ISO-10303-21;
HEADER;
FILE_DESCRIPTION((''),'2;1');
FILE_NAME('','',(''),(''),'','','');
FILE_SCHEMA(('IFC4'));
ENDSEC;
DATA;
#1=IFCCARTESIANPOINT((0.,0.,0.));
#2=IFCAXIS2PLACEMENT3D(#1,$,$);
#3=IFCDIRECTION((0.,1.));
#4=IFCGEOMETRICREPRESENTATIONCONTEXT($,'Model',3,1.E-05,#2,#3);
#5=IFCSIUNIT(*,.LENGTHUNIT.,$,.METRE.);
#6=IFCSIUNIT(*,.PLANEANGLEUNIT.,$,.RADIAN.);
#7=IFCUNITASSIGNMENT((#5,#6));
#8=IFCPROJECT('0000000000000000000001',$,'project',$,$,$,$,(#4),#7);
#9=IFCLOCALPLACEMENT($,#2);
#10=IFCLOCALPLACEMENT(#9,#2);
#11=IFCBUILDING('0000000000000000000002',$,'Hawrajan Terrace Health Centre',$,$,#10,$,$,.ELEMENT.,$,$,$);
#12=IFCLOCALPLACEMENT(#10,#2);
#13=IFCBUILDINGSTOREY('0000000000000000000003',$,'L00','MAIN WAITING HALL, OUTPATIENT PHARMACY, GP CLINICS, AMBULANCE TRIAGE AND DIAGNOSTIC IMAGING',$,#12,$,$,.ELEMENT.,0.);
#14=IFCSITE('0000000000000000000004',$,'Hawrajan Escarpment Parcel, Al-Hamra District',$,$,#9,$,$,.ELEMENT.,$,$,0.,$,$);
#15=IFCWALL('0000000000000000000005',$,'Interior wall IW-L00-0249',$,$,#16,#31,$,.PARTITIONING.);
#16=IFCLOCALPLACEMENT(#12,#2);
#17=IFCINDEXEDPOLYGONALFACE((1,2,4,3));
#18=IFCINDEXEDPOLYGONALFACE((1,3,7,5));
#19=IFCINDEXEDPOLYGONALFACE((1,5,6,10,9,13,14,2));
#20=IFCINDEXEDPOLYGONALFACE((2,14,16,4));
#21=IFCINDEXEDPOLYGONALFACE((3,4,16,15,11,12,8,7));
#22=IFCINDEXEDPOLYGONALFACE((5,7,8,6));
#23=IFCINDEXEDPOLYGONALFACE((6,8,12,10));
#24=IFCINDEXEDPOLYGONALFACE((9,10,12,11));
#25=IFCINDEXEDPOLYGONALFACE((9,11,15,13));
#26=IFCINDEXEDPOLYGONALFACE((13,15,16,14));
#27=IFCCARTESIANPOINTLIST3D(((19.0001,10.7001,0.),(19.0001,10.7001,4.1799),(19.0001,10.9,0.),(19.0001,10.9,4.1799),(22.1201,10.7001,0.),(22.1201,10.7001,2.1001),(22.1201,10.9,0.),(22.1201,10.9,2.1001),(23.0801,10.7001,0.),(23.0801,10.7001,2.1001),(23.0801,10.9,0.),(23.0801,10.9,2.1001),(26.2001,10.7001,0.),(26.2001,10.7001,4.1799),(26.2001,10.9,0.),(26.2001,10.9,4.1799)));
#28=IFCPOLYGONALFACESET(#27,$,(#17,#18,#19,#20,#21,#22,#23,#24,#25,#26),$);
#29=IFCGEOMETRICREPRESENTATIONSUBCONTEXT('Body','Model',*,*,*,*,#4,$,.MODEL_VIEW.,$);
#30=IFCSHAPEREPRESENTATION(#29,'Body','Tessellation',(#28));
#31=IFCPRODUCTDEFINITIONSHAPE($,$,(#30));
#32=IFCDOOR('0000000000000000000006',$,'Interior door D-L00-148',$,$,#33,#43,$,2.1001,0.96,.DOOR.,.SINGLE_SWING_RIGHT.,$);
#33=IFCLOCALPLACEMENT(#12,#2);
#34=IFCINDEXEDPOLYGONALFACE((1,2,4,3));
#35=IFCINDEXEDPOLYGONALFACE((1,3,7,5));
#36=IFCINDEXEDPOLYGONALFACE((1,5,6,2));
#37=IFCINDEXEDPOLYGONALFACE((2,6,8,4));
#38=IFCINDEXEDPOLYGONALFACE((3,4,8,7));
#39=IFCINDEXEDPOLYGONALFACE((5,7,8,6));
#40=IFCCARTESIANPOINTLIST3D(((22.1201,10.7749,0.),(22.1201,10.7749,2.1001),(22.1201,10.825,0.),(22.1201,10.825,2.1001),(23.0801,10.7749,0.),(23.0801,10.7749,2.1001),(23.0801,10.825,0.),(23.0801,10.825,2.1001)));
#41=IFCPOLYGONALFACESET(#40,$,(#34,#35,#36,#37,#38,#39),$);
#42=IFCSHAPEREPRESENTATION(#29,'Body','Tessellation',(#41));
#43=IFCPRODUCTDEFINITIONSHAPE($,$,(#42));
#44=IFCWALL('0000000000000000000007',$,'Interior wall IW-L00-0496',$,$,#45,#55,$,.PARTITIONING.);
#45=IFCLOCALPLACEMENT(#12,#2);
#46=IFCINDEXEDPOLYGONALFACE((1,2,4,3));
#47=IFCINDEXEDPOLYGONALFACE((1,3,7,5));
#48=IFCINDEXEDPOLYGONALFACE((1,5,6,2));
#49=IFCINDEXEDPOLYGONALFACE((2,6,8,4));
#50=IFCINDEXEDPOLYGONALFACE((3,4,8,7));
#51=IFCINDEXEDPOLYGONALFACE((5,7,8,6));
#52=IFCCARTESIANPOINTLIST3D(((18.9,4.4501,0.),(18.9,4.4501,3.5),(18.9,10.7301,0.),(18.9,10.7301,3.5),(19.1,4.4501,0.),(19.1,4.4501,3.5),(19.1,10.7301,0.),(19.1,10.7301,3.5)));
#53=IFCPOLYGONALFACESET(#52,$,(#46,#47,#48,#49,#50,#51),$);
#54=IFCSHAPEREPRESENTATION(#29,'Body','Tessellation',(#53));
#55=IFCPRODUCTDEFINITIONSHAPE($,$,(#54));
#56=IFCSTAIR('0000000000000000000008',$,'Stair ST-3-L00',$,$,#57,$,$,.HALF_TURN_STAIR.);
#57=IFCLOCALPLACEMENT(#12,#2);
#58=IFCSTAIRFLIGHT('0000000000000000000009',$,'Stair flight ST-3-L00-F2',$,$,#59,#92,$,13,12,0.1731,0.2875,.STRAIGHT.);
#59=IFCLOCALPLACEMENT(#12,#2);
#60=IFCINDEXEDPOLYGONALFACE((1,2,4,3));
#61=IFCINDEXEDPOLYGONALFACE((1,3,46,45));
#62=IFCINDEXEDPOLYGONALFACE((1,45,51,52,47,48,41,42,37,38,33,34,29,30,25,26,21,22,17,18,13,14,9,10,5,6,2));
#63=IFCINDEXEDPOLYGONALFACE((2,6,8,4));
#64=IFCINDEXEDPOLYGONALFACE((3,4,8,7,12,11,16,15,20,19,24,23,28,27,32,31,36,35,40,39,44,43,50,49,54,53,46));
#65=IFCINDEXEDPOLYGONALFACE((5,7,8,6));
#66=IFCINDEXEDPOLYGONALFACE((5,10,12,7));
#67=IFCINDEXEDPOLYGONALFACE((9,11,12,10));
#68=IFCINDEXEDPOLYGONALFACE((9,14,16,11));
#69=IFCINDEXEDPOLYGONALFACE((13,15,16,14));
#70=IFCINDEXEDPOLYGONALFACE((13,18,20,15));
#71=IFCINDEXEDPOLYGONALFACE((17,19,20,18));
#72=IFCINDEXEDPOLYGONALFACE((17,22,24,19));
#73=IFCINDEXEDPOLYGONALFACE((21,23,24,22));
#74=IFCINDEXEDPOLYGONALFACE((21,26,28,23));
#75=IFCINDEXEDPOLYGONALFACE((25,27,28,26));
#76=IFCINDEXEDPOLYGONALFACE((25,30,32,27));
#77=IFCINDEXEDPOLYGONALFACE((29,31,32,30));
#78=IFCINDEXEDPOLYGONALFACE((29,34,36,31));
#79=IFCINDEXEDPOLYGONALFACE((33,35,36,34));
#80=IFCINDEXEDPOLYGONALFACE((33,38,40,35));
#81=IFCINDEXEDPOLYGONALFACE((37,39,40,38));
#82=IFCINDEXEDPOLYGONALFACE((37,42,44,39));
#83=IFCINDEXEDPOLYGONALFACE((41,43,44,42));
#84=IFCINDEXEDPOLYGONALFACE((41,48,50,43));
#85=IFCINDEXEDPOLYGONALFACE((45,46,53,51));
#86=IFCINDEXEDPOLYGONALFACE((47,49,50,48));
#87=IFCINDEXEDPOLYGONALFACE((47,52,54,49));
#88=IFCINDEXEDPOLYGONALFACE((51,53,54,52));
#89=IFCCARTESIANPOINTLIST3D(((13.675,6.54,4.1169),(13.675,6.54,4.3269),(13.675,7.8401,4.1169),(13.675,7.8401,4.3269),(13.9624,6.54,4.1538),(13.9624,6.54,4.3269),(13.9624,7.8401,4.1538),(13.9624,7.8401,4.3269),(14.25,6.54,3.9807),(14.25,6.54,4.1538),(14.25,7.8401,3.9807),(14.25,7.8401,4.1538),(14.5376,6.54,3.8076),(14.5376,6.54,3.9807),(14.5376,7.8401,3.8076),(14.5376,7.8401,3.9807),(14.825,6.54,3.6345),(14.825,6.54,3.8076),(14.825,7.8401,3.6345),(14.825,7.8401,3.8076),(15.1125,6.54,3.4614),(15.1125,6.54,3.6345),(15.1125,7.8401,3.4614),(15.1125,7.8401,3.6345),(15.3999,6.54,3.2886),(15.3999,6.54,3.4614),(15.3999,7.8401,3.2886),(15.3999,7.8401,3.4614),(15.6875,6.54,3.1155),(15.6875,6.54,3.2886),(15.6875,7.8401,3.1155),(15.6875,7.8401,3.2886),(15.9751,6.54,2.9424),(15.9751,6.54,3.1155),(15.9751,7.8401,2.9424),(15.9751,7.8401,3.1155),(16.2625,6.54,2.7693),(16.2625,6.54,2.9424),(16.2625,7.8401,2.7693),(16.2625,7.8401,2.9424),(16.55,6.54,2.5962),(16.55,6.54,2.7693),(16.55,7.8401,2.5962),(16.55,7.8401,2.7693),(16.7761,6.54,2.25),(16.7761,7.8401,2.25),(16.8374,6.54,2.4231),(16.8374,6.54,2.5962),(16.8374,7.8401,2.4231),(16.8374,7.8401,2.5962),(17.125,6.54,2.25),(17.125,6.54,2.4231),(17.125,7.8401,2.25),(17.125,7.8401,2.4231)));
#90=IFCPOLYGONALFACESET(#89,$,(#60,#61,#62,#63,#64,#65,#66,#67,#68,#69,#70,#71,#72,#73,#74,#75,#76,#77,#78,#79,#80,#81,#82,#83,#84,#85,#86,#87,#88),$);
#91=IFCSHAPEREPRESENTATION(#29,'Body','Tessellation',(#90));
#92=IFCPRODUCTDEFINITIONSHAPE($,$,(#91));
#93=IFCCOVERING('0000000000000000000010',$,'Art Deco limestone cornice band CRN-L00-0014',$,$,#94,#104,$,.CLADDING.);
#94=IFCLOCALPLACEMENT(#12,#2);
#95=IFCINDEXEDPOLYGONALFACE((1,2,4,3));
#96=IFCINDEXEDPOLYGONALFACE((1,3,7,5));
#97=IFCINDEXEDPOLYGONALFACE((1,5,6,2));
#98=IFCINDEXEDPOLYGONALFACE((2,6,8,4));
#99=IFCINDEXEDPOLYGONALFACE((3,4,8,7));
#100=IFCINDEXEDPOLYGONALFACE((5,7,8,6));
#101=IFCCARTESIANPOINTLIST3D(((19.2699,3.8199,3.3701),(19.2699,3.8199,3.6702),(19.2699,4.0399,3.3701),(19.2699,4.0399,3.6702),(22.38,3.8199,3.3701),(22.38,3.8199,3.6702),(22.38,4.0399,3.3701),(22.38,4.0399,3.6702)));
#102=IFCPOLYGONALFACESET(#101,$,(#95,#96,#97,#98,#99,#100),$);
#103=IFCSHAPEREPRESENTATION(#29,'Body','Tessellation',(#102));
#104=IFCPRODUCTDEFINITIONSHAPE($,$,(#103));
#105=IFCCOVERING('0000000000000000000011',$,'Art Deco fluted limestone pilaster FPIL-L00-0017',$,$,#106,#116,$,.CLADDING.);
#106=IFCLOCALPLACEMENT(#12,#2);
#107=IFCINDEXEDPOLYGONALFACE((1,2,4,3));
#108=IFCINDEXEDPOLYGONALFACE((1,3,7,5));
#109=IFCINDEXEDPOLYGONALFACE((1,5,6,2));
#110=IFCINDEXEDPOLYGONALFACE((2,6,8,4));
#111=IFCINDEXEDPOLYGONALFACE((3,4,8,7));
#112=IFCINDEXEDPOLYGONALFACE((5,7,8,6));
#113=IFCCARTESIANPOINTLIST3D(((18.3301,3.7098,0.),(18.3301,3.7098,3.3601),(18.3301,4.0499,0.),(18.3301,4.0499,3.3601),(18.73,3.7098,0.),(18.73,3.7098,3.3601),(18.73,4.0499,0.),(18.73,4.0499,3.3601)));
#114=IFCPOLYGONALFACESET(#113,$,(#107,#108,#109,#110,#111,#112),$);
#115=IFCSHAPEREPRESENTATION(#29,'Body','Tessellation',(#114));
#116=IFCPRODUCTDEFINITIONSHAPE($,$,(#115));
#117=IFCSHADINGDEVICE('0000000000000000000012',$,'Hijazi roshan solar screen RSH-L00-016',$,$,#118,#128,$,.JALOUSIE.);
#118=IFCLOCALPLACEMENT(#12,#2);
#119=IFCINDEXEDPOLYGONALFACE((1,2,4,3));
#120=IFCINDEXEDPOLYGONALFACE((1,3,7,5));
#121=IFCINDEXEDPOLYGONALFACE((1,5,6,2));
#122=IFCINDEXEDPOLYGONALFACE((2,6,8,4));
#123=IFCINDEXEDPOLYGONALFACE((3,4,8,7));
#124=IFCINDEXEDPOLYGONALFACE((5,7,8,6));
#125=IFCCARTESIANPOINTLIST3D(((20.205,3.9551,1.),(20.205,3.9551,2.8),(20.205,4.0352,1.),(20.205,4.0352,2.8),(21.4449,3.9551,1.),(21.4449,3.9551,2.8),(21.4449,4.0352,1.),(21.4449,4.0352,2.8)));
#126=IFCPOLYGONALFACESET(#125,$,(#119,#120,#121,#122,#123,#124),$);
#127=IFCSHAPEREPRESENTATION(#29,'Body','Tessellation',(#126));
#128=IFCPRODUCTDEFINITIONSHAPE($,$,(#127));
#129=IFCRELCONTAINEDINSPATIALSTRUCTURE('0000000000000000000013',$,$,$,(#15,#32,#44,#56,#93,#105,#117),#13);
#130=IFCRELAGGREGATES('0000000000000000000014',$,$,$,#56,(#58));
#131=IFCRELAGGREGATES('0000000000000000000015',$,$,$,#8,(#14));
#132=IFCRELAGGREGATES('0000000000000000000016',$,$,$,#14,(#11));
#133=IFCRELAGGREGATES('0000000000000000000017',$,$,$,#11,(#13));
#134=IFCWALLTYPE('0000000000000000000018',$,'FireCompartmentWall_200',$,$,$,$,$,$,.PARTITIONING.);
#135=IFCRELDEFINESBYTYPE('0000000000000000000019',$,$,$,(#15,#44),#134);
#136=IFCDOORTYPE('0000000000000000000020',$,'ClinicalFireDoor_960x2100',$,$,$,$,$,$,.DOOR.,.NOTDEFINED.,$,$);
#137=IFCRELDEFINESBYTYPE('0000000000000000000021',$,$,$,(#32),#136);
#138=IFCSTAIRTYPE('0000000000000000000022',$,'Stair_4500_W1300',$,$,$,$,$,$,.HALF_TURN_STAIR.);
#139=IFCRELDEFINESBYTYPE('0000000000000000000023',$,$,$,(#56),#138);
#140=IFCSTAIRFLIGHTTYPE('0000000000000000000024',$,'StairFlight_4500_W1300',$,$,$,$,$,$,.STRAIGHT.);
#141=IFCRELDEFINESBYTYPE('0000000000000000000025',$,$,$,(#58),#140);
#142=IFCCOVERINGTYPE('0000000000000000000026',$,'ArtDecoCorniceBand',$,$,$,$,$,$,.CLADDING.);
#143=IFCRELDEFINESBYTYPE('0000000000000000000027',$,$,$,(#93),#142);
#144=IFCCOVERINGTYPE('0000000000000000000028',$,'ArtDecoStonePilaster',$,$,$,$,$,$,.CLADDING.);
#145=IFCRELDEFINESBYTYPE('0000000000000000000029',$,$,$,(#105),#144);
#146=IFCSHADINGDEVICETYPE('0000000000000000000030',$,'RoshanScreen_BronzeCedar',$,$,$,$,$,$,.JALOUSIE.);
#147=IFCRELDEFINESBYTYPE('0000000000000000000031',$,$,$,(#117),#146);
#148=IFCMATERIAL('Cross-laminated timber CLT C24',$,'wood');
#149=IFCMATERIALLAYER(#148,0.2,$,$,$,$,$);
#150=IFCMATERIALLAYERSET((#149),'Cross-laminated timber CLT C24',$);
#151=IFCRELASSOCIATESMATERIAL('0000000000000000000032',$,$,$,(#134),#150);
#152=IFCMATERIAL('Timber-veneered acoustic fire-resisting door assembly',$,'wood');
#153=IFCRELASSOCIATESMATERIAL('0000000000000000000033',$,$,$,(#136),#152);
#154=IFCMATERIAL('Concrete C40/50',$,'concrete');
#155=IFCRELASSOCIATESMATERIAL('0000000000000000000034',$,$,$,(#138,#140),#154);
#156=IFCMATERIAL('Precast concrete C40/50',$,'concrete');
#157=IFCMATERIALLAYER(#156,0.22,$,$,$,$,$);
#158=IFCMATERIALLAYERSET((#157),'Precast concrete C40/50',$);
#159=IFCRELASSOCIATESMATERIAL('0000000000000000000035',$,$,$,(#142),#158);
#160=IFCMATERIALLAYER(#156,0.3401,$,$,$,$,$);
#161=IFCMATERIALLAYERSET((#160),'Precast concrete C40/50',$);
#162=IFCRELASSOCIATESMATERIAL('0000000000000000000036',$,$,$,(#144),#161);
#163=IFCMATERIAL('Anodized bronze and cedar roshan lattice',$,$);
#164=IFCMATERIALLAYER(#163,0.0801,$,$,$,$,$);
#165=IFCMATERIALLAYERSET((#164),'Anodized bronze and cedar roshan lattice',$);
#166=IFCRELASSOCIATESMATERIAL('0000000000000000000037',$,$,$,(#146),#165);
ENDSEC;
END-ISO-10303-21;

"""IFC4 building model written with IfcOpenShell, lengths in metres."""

from ifc_helpers import new_model, si_unit, direction, frame, frame_2d, origin, origin_2d, place, context, subcontext, project, spatial, polyline, rectangle, outline, extrude, material, layer, layer_set, type_object, element, fill, aggregate, save


model = new_model("IFC4")

# Units and contexts
model_context = context("Model", 3, precision=1e-05, world=origin(), true_north=direction((0.0, 1.0)))
body_context = subcontext(model_context, "Body", "Model", "MODEL_VIEW")
ifc_project = project(units=[si_unit("LENGTHUNIT", "METRE"), si_unit("PLANEANGLEUNIT", "RADIAN")], contexts=[model_context])

# Site, building, storey
site_placement = place(None, origin())
site = spatial("IfcSite", under=ifc_project, at=site_placement, Name="Hawrajan Escarpment Parcel, Al-Hamra District", CompositionType="ELEMENT", RefElevation=0.0)
building_placement = place(site_placement, origin())
building = spatial("IfcBuilding", under=site, at=building_placement, Name="Hawrajan Terrace Health Centre", CompositionType="ELEMENT")
storey_placement = place(building_placement, origin())
storey = spatial("IfcBuildingStorey", under=building, at=storey_placement, Name="L00", Description="MAIN WAITING HALL, OUTPATIENT PHARMACY, GP CLINICS, AMBULANCE TRIAGE AND DIAGNOSTIC IMAGING", CompositionType="ELEMENT", Elevation=0.0)

# Shared definitions
ifc_material_1 = material(Name="Concrete C40/50", Category="concrete")

# Shared definitions
ifc_material_2 = material(Name="Precast concrete C40/50", Category="concrete")

# Wall, opening, door
ifc_material_3 = material(Name="Cross-laminated timber CLT C24", Category="wood")
ifc_layer_1 = layer(ifc_material_3, 0.2)
ifc_layer_set_1 = layer_set([ifc_layer_1], Name="Cross-laminated timber CLT C24")
wall_type_1 = type_object("IfcWallType", Name="FireCompartmentWall_200", PredefinedType="PARTITIONING", material=ifc_layer_set_1)
wall_1_placement = place(storey_placement, frame((19.0, 10.8, 0.0), z_axis=(0.0, 0.0, 1.0), x_axis=(1.0, 0.0, 0.0)))
wall_1 = element("IfcWall", 1, at=wall_1_placement, inside=storey, type_object=wall_type_1, Name="Interior wall IW-L00-0249", PredefinedType="PARTITIONING", context=body_context, shape_type="SweptSolid", body=[
    extrude(rectangle(XDim=7.2, YDim=0.2, at=frame_2d((3.6001, 0.0))), origin(), (0.0, 0.0, 1.0), 4.1799),
])
opening_1_placement = place(wall_1_placement, frame((3.1201, 0.0, 0.0)))
opening_1 = element("IfcOpeningElement", 2, at=opening_1_placement, cuts=wall_1, PredefinedType="OPENING", context=body_context, shape_type="SweptSolid", body=[
    extrude(rectangle(XDim=0.96, YDim=2.1001, at=frame_2d((0.48, 1.05))), frame((0.0, 0.1099, 0.0), z_axis=(0.0, -1.0, 0.0), x_axis=(1.0, 0.0, 0.0)), (0.0, 0.0, 1.0), 0.22),
])
ifc_material_4 = material(Name="Timber-veneered acoustic fire-resisting door assembly", Category="wood")
door_type_1 = type_object("IfcDoorType", Name="ClinicalFireDoor_960x2100", OperationType="NOTDEFINED", PredefinedType="DOOR", material=ifc_material_4)
door_1_placement = place(opening_1_placement, origin())
door_1 = element("IfcDoor", 3, at=door_1_placement, inside=storey, type_object=door_type_1, Name="Interior door D-L00-148", OperationType="SINGLE_SWING_RIGHT", OverallHeight=2.1001, OverallWidth=0.96, PredefinedType="DOOR", context=body_context, shape_type="SweptSolid", body=[
    extrude(rectangle(XDim=0.96, YDim=2.1001, at=frame_2d((0.48, 1.05))), frame((0.0, 0.0249, 0.0), z_axis=(0.0, -1.0, 0.0), x_axis=(1.0, 0.0, 0.0)), (0.0, 0.0, 1.0), 0.05),
])
fill(opening_1, door_1)

# Wall
wall_2_placement = place(storey_placement, frame((19.0, 4.45, 0.0), z_axis=(0.0, 0.0, 1.0), x_axis=(0.0, 1.0, 0.0)))
element("IfcWall", 4, at=wall_2_placement, inside=storey, type_object=wall_type_1, Name="Interior wall IW-L00-0496", PredefinedType="PARTITIONING", context=body_context, shape_type="SweptSolid", body=[
    extrude(rectangle(XDim=6.28, YDim=0.2, at=frame_2d((3.1401, 0.0))), origin(), (0.0, 0.0, 1.0), 3.5),
])

# Stair, stair flight
stair_type = type_object("IfcStairType", Name="Stair_4500_W1300", PredefinedType="HALF_TURN_STAIR", material=ifc_material_1)
stair_placement = place(storey_placement, origin())
stair = element("IfcStair", 5, at=stair_placement, inside=storey, type_object=stair_type, Name="Stair ST-3-L00", PredefinedType="HALF_TURN_STAIR")
stair_flight_type = type_object("IfcStairFlightType", Name="StairFlight_4500_W1300", PredefinedType="STRAIGHT", material=ifc_material_1)
stair_flight_placement = place(storey_placement, frame((17.125, 7.1899, 2.25), z_axis=(0.0, 0.0, 1.0), x_axis=(-1.0, 0.0, 0.0)))
stair_flight = element("IfcStairFlight", 6, at=stair_flight_placement, type_object=stair_flight_type, Name="Stair flight ST-3-L00-F2", NumberOfRisers=13, NumberOfTreads=12, PredefinedType="STRAIGHT", RiserHeight=0.1731, TreadLength=0.2875, context=body_context, shape_type="SweptSolid", body=[
    extrude(outline(polyline([(0.0, 0.0), (0.0, 0.1731), (0.2876, 0.1731), (0.2876, 0.3462), (0.575, 0.3462), (0.575, 0.5193), (0.8625, 0.5193), (0.8625, 0.6924), (1.1499, 0.6924), (1.1499, 0.8655), (1.4375, 0.8655), (1.4375, 1.0386), (1.7251, 1.0386), (1.7251, 1.2114), (2.0125, 1.2114), (2.0125, 1.3845), (2.3, 1.3845), (2.3, 1.5576), (2.5874, 1.5576), (2.5874, 1.7307), (2.875, 1.7307), (2.875, 1.9038), (3.1626, 1.9038), (3.1626, 2.0769), (3.45, 2.0769), (3.45, 2.25), (3.45, 1.8669), (0.3489, 0.0), (0.0, 0.0)])), frame((0.0, 0.6499, 0.0), z_axis=(0.0, -1.0, 0.0), x_axis=(1.0, 0.0, 0.0)), (0.0, 0.0, 1.0), 1.3),
])
aggregate(stair, [stair_flight])

# Coverings
ifc_layer_2 = layer(ifc_material_2, 0.22)
ifc_layer_set_2 = layer_set([ifc_layer_2], Name="Precast concrete C40/50")
covering_type_1 = type_object("IfcCoveringType", Name="ArtDecoCorniceBand", PredefinedType="CLADDING", material=ifc_layer_set_2)
covering_1_placement = place(storey_placement, frame((20.825, 3.9299, 3.3701), z_axis=(0.0, 0.0, 1.0), x_axis=(1.0, 0.0, 0.0)))
element("IfcCovering", 7, at=covering_1_placement, inside=storey, type_object=covering_type_1, Name="Art Deco limestone cornice band CRN-L00-0014", PredefinedType="CLADDING", context=body_context, shape_type="SweptSolid", body=[
    extrude(rectangle(XDim=3.1101, YDim=0.22, at=origin_2d()), origin(), (0.0, 0.0, 1.0), 0.3),
])
ifc_layer_3 = layer(ifc_material_2, 0.3401)
ifc_layer_set_3 = layer_set([ifc_layer_3], Name="Precast concrete C40/50")
covering_type_2 = type_object("IfcCoveringType", Name="ArtDecoStonePilaster", PredefinedType="CLADDING", material=ifc_layer_set_3)
covering_2_placement = place(storey_placement, frame((18.53, 3.8799, 0.0), z_axis=(0.0, 0.0, 1.0), x_axis=(1.0, 0.0, 0.0)))
element("IfcCovering", 8, at=covering_2_placement, inside=storey, type_object=covering_type_2, Name="Art Deco fluted limestone pilaster FPIL-L00-0017", PredefinedType="CLADDING", context=body_context, shape_type="SweptSolid", body=[
    extrude(rectangle(XDim=0.3999, YDim=0.3401, at=origin_2d()), origin(), (0.0, 0.0, 1.0), 3.3601),
])

# Shading device
ifc_material_5 = material(Name="Anodized bronze and cedar roshan lattice")
ifc_layer_4 = layer(ifc_material_5, 0.0801)
ifc_layer_set_4 = layer_set([ifc_layer_4], Name="Anodized bronze and cedar roshan lattice")
shading_device_type = type_object("IfcShadingDeviceType", Name="RoshanScreen_BronzeCedar", PredefinedType="JALOUSIE", material=ifc_layer_set_4)
shading_device_placement = place(storey_placement, frame((20.825, 3.9951, 1.0), z_axis=(0.0, 0.0, 1.0), x_axis=(1.0, 0.0, 0.0)))
element("IfcShadingDevice", 9, at=shading_device_placement, inside=storey, type_object=shading_device_type, Name="Hijazi roshan solar screen RSH-L00-016", PredefinedType="JALOUSIE", context=body_context, shape_type="SweptSolid", body=[
    extrude(rectangle(XDim=1.24, YDim=0.0801, at=origin_2d()), origin(), (0.0, 0.0, 1.0), 1.8),
])

save(model, "model.ifc")
